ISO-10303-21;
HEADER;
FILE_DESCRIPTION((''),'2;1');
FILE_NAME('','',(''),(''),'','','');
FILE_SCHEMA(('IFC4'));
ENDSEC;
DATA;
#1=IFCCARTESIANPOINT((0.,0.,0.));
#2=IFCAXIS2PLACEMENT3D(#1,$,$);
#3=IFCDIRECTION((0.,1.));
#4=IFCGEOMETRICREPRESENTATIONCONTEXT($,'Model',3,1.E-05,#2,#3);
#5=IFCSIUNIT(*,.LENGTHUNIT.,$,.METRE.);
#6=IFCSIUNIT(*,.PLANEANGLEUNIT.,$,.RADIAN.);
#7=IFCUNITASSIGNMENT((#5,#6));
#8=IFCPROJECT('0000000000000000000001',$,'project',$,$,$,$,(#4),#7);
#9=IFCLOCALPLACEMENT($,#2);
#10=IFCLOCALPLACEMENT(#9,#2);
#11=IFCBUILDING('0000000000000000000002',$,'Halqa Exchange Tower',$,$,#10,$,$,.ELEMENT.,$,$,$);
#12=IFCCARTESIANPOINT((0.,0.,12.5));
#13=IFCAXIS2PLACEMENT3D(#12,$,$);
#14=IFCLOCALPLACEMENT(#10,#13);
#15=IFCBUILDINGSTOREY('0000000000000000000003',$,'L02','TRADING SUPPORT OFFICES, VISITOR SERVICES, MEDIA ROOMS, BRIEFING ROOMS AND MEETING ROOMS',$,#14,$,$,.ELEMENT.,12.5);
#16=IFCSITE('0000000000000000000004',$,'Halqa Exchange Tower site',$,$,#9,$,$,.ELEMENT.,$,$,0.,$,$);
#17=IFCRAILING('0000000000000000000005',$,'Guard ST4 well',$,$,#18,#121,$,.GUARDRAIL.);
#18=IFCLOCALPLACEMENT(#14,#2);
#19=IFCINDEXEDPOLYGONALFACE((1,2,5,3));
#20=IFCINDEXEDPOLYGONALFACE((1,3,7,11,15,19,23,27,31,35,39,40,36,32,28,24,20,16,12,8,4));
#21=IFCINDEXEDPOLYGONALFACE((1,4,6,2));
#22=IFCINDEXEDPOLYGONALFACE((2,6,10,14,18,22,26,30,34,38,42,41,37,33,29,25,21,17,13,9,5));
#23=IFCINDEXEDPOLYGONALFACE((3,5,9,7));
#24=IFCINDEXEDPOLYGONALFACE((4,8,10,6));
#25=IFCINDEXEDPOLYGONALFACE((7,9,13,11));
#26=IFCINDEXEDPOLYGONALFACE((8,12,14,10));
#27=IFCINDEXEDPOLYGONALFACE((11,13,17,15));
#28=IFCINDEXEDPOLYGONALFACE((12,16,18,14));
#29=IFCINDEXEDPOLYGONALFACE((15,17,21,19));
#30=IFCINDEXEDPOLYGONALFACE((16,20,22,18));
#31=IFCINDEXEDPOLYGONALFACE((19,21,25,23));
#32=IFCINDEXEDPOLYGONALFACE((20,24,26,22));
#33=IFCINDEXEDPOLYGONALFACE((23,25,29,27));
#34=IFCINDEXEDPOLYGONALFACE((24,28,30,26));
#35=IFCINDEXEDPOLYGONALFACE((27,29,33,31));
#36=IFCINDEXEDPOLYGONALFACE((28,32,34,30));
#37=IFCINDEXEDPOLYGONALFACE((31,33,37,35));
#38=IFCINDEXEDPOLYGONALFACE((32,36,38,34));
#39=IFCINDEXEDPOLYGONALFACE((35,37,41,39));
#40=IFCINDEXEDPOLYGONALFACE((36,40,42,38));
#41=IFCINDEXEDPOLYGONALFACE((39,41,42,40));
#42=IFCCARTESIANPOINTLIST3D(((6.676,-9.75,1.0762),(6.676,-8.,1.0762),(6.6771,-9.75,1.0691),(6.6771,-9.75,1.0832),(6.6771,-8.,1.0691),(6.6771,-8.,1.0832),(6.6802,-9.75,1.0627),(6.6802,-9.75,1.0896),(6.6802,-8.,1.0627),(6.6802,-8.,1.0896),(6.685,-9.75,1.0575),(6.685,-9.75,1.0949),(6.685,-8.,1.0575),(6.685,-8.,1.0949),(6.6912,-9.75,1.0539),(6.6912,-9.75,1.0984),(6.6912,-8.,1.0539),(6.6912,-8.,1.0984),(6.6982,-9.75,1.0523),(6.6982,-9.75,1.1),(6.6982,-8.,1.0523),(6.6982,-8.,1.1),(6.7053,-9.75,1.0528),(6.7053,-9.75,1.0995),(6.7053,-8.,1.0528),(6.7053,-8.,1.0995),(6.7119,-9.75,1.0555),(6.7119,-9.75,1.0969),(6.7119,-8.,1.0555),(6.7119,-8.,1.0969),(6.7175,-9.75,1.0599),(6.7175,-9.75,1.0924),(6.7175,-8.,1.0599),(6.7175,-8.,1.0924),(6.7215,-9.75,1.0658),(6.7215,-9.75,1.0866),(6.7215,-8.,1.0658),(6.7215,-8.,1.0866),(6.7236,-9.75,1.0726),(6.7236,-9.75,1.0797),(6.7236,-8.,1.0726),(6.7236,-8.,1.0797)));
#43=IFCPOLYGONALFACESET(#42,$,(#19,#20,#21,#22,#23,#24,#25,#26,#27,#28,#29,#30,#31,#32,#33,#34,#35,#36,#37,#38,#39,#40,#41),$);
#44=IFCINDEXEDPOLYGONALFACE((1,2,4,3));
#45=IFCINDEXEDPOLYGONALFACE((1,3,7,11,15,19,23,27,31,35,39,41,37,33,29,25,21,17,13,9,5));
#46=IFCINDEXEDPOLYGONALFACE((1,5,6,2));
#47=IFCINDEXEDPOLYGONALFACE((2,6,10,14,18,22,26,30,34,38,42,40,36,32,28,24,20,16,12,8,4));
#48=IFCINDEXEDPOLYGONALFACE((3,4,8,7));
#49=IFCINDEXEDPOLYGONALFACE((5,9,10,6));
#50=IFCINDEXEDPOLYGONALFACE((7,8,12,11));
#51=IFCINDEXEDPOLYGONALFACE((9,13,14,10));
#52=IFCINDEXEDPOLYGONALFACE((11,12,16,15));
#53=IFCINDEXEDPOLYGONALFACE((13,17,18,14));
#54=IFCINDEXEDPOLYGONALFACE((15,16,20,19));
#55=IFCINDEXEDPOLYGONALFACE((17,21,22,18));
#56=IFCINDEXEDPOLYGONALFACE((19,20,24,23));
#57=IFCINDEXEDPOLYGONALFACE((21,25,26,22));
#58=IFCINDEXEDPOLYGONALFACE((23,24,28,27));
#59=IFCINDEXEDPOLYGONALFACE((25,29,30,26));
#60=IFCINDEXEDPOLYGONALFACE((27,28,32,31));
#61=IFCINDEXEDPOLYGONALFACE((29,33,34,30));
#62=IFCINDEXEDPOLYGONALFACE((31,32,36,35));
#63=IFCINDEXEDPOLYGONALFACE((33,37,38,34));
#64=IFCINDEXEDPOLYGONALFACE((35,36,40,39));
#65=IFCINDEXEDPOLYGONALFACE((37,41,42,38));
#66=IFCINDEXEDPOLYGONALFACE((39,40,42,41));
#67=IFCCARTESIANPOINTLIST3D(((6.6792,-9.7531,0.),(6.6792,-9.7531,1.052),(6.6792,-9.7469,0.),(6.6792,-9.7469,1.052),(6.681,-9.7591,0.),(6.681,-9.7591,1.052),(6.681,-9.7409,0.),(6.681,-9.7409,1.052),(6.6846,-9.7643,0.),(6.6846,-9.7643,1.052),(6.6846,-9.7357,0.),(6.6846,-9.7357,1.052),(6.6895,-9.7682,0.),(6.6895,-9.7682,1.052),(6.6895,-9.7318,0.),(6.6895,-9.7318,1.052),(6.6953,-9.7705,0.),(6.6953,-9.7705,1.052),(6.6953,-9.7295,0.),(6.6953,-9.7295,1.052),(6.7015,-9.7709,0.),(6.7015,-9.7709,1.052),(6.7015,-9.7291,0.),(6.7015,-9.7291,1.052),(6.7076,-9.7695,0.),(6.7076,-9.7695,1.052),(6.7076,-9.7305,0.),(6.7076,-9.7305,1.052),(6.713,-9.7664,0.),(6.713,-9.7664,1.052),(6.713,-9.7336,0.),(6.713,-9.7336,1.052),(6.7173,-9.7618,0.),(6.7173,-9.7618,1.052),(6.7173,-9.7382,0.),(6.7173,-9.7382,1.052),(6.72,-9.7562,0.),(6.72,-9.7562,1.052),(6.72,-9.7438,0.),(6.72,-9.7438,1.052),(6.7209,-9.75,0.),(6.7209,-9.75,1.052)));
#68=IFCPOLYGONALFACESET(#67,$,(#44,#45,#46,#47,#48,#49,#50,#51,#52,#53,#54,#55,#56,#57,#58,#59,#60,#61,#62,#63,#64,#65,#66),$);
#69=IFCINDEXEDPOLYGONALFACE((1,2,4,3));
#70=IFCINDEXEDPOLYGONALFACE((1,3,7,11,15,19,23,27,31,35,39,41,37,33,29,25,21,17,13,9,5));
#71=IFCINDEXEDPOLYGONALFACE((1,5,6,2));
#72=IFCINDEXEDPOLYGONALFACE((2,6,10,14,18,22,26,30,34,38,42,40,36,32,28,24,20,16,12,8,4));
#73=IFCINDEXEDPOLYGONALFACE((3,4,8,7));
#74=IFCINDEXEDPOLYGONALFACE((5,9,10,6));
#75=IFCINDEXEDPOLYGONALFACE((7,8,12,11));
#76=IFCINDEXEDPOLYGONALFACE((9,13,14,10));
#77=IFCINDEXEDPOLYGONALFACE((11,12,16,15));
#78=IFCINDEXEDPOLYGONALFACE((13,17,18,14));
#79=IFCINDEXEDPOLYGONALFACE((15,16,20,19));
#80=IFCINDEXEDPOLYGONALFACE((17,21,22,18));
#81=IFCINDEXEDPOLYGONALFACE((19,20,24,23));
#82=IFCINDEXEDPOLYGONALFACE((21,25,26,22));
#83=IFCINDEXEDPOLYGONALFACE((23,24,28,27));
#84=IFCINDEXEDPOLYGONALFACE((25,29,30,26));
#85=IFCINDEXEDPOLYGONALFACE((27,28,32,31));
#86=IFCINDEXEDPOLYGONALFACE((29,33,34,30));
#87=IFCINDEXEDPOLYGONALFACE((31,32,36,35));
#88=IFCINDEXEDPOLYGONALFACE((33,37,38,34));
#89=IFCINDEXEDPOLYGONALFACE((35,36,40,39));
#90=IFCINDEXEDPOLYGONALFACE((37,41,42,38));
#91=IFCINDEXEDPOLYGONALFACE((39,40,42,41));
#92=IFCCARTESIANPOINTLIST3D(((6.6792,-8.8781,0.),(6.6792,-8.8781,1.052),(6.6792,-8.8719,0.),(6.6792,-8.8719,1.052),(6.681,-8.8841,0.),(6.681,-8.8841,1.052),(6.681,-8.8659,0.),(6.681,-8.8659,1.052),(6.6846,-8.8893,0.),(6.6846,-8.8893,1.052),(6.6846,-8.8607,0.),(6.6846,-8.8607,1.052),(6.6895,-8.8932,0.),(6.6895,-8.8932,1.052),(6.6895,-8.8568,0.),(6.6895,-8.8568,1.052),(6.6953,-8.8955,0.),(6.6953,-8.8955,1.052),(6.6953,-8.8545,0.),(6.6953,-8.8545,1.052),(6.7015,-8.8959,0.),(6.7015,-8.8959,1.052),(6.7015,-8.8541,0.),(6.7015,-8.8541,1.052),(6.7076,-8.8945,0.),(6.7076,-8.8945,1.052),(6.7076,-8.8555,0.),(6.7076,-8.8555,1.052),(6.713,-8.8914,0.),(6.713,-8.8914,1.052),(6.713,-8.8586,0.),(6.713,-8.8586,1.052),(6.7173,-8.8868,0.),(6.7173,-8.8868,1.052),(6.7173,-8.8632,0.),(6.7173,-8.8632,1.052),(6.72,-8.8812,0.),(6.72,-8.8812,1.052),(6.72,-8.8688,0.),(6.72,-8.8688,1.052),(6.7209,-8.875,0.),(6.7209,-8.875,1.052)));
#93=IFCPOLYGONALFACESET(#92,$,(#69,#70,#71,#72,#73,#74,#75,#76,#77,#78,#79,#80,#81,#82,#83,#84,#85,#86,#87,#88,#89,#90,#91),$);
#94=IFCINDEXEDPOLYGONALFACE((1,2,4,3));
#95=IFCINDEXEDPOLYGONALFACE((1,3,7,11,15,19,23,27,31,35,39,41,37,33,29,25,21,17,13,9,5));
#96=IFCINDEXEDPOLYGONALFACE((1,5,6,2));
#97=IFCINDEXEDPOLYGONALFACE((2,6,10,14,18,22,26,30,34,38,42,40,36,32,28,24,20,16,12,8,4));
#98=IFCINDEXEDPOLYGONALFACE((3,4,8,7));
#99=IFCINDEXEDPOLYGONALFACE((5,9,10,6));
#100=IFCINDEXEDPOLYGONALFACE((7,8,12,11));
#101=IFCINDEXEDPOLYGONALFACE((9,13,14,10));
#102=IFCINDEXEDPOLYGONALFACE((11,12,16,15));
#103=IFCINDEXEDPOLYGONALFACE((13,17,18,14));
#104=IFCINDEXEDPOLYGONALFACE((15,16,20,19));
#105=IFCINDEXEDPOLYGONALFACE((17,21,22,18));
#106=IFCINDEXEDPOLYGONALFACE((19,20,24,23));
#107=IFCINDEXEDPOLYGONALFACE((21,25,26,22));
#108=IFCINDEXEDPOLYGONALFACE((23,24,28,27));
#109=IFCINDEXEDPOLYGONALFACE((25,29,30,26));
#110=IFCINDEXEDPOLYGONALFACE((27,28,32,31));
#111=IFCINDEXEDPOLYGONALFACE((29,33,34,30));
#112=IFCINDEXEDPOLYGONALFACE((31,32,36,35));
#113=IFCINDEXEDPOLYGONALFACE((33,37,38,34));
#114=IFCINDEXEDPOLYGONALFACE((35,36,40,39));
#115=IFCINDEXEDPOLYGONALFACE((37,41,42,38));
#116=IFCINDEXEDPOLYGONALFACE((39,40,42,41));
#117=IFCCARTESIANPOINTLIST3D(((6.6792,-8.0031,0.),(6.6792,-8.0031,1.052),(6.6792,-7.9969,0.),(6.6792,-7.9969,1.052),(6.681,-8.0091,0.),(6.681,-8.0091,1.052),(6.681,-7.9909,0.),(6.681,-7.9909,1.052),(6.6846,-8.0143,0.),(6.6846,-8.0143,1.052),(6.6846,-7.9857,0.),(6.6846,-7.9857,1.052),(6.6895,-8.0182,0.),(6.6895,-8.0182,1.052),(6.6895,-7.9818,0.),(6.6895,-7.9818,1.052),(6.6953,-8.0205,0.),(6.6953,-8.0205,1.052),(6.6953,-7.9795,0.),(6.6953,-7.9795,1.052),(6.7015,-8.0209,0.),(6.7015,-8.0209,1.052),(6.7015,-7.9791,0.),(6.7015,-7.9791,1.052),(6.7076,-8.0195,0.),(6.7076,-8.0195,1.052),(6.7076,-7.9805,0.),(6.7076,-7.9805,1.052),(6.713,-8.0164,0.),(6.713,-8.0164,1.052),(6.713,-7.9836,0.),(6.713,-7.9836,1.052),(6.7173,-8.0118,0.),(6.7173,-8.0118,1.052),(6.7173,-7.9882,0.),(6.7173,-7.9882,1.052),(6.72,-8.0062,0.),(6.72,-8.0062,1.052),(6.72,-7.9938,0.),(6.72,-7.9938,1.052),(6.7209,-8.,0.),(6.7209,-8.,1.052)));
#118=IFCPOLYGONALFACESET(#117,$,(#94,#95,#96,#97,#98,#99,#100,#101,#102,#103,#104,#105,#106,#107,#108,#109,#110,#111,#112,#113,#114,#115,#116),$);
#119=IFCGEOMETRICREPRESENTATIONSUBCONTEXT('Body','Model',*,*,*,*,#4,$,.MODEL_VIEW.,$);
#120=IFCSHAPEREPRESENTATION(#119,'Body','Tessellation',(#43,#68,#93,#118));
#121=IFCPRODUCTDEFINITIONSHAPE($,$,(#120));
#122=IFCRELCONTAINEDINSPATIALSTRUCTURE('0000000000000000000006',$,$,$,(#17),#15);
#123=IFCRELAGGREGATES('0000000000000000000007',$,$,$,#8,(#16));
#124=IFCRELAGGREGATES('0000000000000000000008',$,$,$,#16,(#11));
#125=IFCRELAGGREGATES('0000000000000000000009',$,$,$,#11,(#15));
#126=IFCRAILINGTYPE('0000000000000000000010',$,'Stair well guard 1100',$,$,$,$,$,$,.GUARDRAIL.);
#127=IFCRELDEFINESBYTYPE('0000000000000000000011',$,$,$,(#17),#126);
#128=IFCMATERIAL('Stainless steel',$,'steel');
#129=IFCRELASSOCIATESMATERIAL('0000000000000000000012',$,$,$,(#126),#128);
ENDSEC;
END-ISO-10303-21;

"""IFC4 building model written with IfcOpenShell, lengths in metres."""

from ifc_helpers import new_model, si_unit, direction, frame, origin, origin_2d, place, context, subcontext, project, spatial, circle, extrude, material, type_object, element, save


model = new_model("IFC4")

# Units and contexts
model_context = context("Model", 3, precision=1e-05, world=origin(), true_north=direction((0.0, 1.0)))
body_context = subcontext(model_context, "Body", "Model", "MODEL_VIEW")
ifc_project = project(units=[si_unit("LENGTHUNIT", "METRE"), si_unit("PLANEANGLEUNIT", "RADIAN")], contexts=[model_context])

# Site, building, storey
site_placement = place(None, origin())
site = spatial("IfcSite", under=ifc_project, at=site_placement, Name="Halqa Exchange Tower site", CompositionType="ELEMENT", RefElevation=0.0)
building_placement = place(site_placement, origin())
building = spatial("IfcBuilding", under=site, at=building_placement, Name="Halqa Exchange Tower", CompositionType="ELEMENT")
storey_placement = place(building_placement, frame((0.0, 0.0, 12.5)))
storey = spatial("IfcBuildingStorey", under=building, at=storey_placement, Name="L02", Description="TRADING SUPPORT OFFICES, VISITOR SERVICES, MEDIA ROOMS, BRIEFING ROOMS AND MEETING ROOMS", CompositionType="ELEMENT", Elevation=12.5)

# Railing
ifc_material_1 = material(Name="Stainless steel", Category="steel")
railing_type_1 = type_object("IfcRailingType", Name="Stair well guard 1100", PredefinedType="GUARDRAIL", material=ifc_material_1)
railing_1_placement = place(storey_placement, frame((6.7, -9.75, 0.0)))
element("IfcRailing", 1, at=railing_1_placement, inside=storey, type_object=railing_type_1, Name="Guard ST4 well", PredefinedType="GUARDRAIL", context=body_context, shape_type="SweptSolid", body=[
    extrude(circle(Radius=0.0239, at=origin_2d()), frame((0.0, 0.0, 1.0762), z_axis=(0.0, 1.0, 0.0), x_axis=(-1.0, 0.0, 0.0)), (0.0, 0.0, 1.0), 1.75),
    extrude(circle(Radius=0.021, at=origin_2d()), origin(), (0.0, 0.0, 1.0), 1.052),
    extrude(circle(Radius=0.021, at=origin_2d()), frame((0.0, 0.875, 0.0)), (0.0, 0.0, 1.0), 1.052),
    extrude(circle(Radius=0.021, at=origin_2d()), frame((0.0, 1.75, 0.0)), (0.0, 0.0, 1.0), 1.052),
])

save(model, "model.ifc")
